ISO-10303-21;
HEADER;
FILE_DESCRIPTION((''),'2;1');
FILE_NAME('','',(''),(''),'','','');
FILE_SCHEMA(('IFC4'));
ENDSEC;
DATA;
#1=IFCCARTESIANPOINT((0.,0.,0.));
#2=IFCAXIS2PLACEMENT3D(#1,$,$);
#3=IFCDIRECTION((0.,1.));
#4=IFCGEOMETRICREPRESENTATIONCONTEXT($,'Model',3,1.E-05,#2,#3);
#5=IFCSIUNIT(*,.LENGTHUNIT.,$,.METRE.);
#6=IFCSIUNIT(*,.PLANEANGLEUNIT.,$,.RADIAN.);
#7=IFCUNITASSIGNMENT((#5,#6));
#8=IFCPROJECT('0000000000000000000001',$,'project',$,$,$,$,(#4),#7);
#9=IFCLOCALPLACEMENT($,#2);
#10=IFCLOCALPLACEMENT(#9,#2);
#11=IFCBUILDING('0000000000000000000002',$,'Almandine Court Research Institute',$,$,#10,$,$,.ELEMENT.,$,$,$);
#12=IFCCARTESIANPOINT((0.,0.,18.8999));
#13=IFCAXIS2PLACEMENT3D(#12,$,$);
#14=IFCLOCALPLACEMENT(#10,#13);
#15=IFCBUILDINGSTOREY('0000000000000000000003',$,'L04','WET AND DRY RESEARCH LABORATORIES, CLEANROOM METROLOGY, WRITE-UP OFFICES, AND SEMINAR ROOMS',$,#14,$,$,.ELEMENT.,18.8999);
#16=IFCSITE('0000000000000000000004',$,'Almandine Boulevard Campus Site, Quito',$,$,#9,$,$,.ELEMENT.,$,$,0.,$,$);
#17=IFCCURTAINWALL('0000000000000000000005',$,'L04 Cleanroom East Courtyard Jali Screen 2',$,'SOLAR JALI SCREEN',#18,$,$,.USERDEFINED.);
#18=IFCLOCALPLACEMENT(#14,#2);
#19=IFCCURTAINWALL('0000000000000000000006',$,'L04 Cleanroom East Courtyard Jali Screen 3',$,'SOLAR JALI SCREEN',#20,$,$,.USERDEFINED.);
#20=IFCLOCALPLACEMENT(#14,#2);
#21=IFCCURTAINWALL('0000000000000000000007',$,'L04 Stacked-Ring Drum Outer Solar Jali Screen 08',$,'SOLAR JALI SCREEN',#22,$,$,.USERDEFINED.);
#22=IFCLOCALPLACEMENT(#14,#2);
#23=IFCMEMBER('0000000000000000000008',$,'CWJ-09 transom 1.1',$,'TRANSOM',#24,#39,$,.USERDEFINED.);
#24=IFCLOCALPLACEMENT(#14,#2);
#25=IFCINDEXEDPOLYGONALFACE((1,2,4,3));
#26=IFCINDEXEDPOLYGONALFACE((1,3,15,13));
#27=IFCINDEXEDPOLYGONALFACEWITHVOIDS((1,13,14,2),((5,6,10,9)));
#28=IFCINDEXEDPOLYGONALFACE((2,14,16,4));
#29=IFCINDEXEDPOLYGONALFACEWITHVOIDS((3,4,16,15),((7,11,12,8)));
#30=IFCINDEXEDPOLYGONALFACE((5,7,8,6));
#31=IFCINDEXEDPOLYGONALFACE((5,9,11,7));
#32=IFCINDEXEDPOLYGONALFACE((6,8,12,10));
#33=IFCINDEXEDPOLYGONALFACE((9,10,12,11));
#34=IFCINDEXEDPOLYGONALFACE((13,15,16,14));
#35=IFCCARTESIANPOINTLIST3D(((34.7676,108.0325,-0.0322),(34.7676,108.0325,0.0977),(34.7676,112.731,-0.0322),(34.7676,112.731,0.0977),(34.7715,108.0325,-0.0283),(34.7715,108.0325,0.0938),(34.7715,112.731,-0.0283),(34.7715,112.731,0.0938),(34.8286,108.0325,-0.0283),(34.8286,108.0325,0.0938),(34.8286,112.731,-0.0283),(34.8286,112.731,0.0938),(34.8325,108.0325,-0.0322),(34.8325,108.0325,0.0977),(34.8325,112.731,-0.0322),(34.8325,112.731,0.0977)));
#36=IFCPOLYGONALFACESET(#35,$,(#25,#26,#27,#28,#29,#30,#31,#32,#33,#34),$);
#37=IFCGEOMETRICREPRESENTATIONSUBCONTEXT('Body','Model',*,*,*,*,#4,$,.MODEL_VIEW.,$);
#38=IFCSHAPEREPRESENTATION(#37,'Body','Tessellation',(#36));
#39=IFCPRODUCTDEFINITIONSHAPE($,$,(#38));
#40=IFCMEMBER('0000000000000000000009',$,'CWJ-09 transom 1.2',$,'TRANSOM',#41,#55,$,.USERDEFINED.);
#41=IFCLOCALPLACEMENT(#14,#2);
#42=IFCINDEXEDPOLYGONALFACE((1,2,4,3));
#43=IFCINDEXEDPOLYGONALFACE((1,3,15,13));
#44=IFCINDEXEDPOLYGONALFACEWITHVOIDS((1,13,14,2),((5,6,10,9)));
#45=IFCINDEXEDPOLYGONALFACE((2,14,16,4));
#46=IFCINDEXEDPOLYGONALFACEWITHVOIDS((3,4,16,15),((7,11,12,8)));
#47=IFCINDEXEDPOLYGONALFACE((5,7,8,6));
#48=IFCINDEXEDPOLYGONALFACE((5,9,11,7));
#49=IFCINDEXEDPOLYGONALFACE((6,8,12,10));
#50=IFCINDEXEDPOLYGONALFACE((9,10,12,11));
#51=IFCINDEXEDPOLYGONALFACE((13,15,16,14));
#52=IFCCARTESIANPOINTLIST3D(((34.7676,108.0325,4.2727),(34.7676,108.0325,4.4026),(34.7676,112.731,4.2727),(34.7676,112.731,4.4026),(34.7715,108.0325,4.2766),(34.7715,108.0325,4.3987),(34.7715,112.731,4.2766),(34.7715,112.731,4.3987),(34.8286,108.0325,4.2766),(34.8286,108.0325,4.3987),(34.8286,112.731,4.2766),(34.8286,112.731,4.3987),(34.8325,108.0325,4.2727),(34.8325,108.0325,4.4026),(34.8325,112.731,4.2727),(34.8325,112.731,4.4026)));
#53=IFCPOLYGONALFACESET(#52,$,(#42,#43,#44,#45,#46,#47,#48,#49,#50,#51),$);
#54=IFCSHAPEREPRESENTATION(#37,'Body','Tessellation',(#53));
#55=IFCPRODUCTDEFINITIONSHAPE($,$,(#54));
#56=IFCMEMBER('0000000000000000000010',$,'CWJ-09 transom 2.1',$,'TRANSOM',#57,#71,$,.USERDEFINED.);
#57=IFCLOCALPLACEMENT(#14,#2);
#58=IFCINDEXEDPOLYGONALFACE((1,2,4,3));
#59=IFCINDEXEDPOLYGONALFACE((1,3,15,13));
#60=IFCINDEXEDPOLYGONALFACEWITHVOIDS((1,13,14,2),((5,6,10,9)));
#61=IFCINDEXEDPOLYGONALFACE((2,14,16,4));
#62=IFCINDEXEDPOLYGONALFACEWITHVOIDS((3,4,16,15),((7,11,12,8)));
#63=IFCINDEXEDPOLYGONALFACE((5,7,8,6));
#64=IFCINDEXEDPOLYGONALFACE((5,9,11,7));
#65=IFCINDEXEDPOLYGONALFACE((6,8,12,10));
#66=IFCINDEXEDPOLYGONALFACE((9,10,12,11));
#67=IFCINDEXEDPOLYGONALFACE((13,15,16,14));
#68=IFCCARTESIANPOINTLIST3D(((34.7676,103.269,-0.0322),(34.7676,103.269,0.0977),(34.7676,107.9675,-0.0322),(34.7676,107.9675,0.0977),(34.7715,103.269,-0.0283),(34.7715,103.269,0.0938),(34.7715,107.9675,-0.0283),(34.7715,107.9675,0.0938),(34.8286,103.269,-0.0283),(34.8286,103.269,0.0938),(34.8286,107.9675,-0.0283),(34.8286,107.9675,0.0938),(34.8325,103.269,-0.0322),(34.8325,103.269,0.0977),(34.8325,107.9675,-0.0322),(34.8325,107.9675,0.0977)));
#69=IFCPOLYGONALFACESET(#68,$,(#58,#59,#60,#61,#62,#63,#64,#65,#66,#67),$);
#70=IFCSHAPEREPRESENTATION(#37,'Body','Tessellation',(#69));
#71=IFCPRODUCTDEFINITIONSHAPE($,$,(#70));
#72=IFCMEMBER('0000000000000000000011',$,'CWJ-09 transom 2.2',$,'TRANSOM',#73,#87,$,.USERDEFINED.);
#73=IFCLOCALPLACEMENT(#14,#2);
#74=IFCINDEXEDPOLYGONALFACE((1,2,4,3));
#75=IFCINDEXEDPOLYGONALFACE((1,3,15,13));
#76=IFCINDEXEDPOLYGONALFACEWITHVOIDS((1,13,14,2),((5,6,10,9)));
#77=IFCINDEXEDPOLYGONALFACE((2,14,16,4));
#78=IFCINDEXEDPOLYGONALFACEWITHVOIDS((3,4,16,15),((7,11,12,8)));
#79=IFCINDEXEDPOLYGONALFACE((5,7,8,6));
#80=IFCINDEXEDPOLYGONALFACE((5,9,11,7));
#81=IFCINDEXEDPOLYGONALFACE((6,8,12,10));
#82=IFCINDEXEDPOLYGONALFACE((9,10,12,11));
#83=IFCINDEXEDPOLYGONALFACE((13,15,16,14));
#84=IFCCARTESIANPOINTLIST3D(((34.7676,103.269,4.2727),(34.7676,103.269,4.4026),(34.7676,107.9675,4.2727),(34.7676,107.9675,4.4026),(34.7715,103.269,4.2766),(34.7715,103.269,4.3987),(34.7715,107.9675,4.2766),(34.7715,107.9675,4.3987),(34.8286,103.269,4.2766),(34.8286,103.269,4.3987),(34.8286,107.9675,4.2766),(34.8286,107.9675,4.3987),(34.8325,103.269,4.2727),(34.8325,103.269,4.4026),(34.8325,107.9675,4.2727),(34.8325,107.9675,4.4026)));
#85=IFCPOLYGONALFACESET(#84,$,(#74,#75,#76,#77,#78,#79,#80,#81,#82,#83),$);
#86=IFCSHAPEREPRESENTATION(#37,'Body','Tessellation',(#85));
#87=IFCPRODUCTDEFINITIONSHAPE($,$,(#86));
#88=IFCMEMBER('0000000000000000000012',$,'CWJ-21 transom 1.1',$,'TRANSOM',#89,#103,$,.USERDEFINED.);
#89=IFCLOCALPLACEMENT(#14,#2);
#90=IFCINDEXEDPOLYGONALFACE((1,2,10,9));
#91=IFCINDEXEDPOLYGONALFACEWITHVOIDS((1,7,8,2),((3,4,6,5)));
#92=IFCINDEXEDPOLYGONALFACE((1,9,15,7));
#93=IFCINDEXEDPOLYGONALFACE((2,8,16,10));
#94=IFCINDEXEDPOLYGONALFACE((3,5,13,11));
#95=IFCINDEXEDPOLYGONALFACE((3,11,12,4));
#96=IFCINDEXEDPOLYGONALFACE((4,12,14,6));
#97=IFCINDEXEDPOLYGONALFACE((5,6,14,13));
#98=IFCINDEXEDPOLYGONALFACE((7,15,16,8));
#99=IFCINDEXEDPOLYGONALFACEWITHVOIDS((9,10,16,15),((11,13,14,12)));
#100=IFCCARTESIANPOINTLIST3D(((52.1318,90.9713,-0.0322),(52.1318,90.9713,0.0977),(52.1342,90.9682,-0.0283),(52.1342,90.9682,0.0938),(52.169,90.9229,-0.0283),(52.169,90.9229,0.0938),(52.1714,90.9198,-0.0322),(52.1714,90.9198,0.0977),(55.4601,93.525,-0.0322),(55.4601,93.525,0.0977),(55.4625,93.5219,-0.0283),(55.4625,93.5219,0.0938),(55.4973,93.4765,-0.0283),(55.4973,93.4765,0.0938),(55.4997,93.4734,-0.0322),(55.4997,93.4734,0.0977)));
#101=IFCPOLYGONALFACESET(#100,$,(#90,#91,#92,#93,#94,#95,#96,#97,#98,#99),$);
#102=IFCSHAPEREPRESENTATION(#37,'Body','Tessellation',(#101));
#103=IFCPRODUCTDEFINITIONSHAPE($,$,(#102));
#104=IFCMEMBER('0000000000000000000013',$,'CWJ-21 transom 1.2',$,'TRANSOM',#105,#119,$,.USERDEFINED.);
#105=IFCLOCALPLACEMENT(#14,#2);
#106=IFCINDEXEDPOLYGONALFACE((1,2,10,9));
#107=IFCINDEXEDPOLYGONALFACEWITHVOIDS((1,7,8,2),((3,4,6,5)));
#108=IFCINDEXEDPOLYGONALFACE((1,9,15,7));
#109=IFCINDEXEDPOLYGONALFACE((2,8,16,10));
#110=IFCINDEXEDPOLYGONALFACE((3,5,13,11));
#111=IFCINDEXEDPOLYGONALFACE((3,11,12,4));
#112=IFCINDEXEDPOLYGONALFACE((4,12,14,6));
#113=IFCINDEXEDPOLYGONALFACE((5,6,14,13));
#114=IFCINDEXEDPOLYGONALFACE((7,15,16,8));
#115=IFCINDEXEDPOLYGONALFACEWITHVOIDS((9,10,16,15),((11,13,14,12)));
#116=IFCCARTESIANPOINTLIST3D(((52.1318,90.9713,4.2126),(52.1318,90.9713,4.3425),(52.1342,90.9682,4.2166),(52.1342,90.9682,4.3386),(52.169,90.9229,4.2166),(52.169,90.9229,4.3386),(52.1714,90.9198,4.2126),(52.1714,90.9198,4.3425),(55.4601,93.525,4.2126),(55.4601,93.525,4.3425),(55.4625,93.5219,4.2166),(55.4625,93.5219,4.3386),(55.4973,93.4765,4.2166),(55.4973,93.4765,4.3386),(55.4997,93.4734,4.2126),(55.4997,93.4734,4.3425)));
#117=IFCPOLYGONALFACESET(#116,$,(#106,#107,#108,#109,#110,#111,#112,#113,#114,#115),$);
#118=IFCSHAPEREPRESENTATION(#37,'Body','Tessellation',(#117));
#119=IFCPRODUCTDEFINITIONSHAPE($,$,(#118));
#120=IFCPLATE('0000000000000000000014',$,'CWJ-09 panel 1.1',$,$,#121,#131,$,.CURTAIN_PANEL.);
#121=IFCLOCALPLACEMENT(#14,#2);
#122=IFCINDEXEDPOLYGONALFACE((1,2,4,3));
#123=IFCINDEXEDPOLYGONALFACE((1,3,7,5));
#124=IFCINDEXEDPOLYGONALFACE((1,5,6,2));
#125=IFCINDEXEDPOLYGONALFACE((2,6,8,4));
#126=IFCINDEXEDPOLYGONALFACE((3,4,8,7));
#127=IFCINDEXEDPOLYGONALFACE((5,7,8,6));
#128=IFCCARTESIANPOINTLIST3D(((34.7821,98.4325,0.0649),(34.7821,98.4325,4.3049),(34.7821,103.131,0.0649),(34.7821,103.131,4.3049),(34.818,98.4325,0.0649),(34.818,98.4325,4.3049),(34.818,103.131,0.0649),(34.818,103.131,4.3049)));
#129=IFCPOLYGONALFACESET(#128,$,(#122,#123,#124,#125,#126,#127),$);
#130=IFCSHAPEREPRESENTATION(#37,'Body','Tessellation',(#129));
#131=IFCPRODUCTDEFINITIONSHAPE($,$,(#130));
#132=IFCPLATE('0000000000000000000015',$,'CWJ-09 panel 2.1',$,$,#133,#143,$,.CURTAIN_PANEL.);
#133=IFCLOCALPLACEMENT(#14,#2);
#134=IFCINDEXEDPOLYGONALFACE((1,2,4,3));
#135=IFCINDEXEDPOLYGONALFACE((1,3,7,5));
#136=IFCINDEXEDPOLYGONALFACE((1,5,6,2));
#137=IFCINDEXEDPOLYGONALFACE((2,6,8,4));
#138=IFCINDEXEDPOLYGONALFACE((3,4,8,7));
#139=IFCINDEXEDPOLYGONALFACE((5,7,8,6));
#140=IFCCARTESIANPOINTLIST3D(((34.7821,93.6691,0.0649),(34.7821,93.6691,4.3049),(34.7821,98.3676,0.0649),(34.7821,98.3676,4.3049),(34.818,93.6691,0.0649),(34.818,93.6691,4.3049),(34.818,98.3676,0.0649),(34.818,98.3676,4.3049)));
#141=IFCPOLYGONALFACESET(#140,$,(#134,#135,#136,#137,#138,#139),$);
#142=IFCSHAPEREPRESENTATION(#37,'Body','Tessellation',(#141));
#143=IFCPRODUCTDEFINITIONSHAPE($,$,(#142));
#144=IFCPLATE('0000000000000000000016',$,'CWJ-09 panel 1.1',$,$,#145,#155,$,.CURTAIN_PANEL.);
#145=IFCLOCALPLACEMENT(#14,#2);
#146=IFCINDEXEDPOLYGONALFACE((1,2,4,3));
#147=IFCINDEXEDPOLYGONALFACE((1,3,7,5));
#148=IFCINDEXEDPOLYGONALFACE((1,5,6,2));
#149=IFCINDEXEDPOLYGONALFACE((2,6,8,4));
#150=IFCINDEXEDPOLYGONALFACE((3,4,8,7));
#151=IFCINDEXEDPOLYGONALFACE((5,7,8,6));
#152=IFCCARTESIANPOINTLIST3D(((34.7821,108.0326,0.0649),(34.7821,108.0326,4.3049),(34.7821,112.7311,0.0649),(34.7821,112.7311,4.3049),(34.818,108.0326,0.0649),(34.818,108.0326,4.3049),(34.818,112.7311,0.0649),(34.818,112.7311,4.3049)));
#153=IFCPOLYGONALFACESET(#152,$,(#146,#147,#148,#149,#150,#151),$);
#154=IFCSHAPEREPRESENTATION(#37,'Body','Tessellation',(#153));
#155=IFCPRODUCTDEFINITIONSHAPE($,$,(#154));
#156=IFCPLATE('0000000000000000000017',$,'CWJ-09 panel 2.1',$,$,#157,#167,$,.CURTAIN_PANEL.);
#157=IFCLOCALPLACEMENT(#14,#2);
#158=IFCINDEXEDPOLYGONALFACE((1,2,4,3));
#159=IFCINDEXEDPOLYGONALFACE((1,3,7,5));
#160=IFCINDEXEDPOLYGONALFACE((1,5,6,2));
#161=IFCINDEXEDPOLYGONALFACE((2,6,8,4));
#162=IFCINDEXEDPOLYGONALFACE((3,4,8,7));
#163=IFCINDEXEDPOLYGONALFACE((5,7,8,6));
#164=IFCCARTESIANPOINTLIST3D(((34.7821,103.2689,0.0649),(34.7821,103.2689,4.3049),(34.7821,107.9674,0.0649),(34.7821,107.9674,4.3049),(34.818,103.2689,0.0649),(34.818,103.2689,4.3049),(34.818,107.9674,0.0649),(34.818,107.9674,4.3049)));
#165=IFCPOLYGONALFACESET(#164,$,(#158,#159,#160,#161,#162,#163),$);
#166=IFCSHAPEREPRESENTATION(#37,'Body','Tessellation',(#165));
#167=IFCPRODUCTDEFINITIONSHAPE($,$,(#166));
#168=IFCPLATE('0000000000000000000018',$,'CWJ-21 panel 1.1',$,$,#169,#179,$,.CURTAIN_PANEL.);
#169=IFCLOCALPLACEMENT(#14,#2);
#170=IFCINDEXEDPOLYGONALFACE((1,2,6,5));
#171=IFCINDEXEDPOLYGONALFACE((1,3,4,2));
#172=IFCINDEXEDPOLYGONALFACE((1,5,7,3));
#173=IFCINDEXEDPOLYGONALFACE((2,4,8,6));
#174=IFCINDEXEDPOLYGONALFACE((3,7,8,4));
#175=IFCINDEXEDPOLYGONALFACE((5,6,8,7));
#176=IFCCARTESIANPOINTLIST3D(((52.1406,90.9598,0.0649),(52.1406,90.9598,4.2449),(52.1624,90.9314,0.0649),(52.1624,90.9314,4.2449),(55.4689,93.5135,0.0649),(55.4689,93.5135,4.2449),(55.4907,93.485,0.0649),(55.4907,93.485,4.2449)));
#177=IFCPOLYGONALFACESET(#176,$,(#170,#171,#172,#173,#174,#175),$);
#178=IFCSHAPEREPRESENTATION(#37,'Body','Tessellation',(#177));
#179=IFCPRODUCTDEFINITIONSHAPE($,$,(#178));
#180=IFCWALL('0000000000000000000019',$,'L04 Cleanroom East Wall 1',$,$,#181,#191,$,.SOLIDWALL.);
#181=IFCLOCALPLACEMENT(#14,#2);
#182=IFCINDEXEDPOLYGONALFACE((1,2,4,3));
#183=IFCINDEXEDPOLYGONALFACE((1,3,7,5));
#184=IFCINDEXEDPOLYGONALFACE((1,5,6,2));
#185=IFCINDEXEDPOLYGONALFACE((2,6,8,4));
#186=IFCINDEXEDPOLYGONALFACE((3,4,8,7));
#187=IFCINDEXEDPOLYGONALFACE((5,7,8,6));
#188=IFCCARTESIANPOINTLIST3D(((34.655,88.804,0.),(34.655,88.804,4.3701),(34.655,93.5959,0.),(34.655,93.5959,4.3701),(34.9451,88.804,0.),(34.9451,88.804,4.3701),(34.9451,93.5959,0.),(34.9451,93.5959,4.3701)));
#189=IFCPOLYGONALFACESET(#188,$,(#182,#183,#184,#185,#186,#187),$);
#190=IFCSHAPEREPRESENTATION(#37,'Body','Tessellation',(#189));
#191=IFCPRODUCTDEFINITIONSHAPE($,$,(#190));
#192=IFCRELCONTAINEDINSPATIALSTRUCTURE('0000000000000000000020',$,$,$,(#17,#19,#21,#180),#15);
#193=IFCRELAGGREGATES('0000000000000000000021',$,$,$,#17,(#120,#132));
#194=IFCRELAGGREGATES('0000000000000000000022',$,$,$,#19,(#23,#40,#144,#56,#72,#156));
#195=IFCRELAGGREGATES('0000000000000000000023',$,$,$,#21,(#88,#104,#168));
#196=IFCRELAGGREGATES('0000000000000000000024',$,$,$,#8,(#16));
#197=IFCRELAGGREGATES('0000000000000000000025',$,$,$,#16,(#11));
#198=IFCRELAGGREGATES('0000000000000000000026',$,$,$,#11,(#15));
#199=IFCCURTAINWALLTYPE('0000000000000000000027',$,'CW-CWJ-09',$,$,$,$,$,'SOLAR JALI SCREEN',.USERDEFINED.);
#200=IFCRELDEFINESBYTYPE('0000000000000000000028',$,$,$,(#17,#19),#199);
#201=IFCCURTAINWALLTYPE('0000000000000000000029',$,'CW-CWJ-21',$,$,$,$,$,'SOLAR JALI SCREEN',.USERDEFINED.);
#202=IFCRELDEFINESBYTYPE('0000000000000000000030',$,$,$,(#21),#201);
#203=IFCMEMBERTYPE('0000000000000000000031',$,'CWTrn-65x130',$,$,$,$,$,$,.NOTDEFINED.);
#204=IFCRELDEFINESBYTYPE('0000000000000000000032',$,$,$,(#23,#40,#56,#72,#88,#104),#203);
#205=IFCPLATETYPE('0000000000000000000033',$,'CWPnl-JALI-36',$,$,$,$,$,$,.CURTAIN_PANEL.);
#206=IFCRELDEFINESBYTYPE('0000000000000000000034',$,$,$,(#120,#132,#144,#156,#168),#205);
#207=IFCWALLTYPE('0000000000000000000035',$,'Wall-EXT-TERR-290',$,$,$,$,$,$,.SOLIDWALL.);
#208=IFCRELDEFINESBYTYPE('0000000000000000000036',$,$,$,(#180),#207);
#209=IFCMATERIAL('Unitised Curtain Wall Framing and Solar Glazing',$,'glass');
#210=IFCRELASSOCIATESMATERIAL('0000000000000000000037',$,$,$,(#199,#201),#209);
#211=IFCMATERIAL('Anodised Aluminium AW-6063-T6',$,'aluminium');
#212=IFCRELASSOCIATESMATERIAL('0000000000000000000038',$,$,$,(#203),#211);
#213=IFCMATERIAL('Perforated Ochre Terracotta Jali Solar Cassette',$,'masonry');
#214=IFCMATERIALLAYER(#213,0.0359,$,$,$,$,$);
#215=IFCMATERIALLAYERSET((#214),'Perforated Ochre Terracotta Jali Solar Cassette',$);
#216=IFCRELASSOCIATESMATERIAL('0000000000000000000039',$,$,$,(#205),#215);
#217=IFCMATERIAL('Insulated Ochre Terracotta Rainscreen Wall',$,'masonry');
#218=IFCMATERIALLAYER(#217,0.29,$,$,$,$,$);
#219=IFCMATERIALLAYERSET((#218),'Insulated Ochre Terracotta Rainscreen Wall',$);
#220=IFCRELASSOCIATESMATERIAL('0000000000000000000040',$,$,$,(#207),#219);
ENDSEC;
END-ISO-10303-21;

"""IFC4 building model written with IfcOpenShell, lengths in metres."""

from ifc_helpers import new_model, si_unit, direction, frame, frame_2d, origin, origin_2d, place, context, subcontext, project, spatial, rectangle, hollow_rectangle, extrude, material, layer, layer_set, material_profile, profile_set, type_object, element, aggregate, save


model = new_model("IFC4")

# Units and contexts
model_context = context("Model", 3, precision=1e-05, world=origin(), true_north=direction((0.0, 1.0)))
body_context = subcontext(model_context, "Body", "Model", "MODEL_VIEW")
ifc_project = project(units=[si_unit("LENGTHUNIT", "METRE"), si_unit("PLANEANGLEUNIT", "RADIAN")], contexts=[model_context])

# Site, building, storey
site_placement = place(None, origin())
site = spatial("IfcSite", under=ifc_project, at=site_placement, Name="Almandine Boulevard Campus Site, Quito", CompositionType="ELEMENT", RefElevation=0.0)
building_placement = place(site_placement, origin())
building = spatial("IfcBuilding", under=site, at=building_placement, Name="Almandine Court Research Institute", CompositionType="ELEMENT")
storey_placement = place(building_placement, frame((0.0, 0.0, 18.8999)))
storey = spatial("IfcBuildingStorey", under=building, at=storey_placement, Name="L04", Description="WET AND DRY RESEARCH LABORATORIES, CLEANROOM METROLOGY, WRITE-UP OFFICES, AND SEMINAR ROOMS", CompositionType="ELEMENT", Elevation=18.8999)

# Shared definitions
ifc_material_1 = material(Name="Unitised Curtain Wall Framing and Solar Glazing", Category="glass")
ifc_material_2 = material(Name="Anodised Aluminium AW-6063-T6", Category="aluminium")

# Curtain walls
curtain_wall_type_1 = type_object("IfcCurtainWallType", Name="CW-CWJ-09", ElementType="SOLAR JALI SCREEN", PredefinedType="USERDEFINED", material=ifc_material_1)
curtain_wall_1_placement = place(storey_placement, origin())
curtain_wall_1 = element("IfcCurtainWall", 1, at=curtain_wall_1_placement, inside=storey, type_object=curtain_wall_type_1, Name="L04 Cleanroom East Courtyard Jali Screen 2", ObjectType="SOLAR JALI SCREEN", PredefinedType="USERDEFINED")
curtain_wall_2_placement = place(storey_placement, origin())
curtain_wall_2 = element("IfcCurtainWall", 2, at=curtain_wall_2_placement, inside=storey, type_object=curtain_wall_type_1, Name="L04 Cleanroom East Courtyard Jali Screen 3", ObjectType="SOLAR JALI SCREEN", PredefinedType="USERDEFINED")

# Curtain wall
curtain_wall_type_2 = type_object("IfcCurtainWallType", Name="CW-CWJ-21", ElementType="SOLAR JALI SCREEN", PredefinedType="USERDEFINED", material=ifc_material_1)
curtain_wall_3_placement = place(storey_placement, origin())
curtain_wall_3 = element("IfcCurtainWall", 3, at=curtain_wall_3_placement, inside=storey, type_object=curtain_wall_type_2, Name="L04 Stacked-Ring Drum Outer Solar Jali Screen 08", ObjectType="SOLAR JALI SCREEN", PredefinedType="USERDEFINED")

# Members
ifc_material_profile_1 = material_profile(ifc_material_2, hollow_rectangle(XDim=0.0649, YDim=0.1299, WallThickness=0.0039, at=origin_2d()), Name="ALU RHS 65x130x4")
ifc_profile_set_1 = profile_set([ifc_material_profile_1], Name="Anodised Aluminium AW-6063-T6")
member_type_1 = type_object("IfcMemberType", Name="CWTrn-65x130", PredefinedType="NOTDEFINED", material=ifc_profile_set_1)
member_1_placement = place(storey_placement, frame((34.8, 112.731, 0.0327), z_axis=(0.0, -1.0, 0.0), x_axis=(1.0, 0.0, 0.0)))
member_1 = element("IfcMember", 4, at=member_1_placement, type_object=member_type_1, Name="CWJ-09 transom 1.1", ObjectType="TRANSOM", PredefinedType="USERDEFINED", context=body_context, shape_type="SweptSolid", body=[
    extrude(hollow_rectangle(XDim=0.0649, YDim=0.1299, WallThickness=0.0039, at=origin_2d()), origin(), (0.0, 0.0, 1.0), 4.6985),
])
member_2_placement = place(storey_placement, frame((34.8, 112.731, 4.3376), z_axis=(0.0, -1.0, 0.0), x_axis=(1.0, 0.0, 0.0)))
member_2 = element("IfcMember", 5, at=member_2_placement, type_object=member_type_1, Name="CWJ-09 transom 1.2", ObjectType="TRANSOM", PredefinedType="USERDEFINED", context=body_context, shape_type="SweptSolid", body=[
    extrude(hollow_rectangle(XDim=0.0649, YDim=0.1299, WallThickness=0.0039, at=origin_2d()), origin(), (0.0, 0.0, 1.0), 4.6985),
])
member_3_placement = place(storey_placement, frame((34.8, 107.9675, 0.0327), z_axis=(0.0, -1.0, 0.0), x_axis=(1.0, 0.0, 0.0)))
member_3 = element("IfcMember", 6, at=member_3_placement, type_object=member_type_1, Name="CWJ-09 transom 2.1", ObjectType="TRANSOM", PredefinedType="USERDEFINED", context=body_context, shape_type="SweptSolid", body=[
    extrude(hollow_rectangle(XDim=0.0649, YDim=0.1299, WallThickness=0.0039, at=origin_2d()), origin(), (0.0, 0.0, 1.0), 4.6985),
])
member_4_placement = place(storey_placement, frame((34.8, 107.9675, 4.3376), z_axis=(0.0, -1.0, 0.0), x_axis=(1.0, 0.0, 0.0)))
member_4 = element("IfcMember", 7, at=member_4_placement, type_object=member_type_1, Name="CWJ-09 transom 2.2", ObjectType="TRANSOM", PredefinedType="USERDEFINED", context=body_context, shape_type="SweptSolid", body=[
    extrude(hollow_rectangle(XDim=0.0649, YDim=0.1299, WallThickness=0.0039, at=origin_2d()), origin(), (0.0, 0.0, 1.0), 4.6985),
])
member_5_placement = place(storey_placement, frame((52.1516, 90.9456, 0.0327), z_axis=(0.793381, 0.608726, 0.0), x_axis=(-0.608726, 0.793381, 0.0)))
member_5 = element("IfcMember", 8, at=member_5_placement, type_object=member_type_1, Name="CWJ-21 transom 1.1", ObjectType="TRANSOM", PredefinedType="USERDEFINED", context=body_context, shape_type="SweptSolid", body=[
    extrude(hollow_rectangle(XDim=0.0649, YDim=0.1299, WallThickness=0.0039, at=origin_2d()), origin(), (0.0, 0.0, 1.0), 4.1951),
])
member_6_placement = place(storey_placement, frame((52.1516, 90.9456, 4.2776), z_axis=(0.793381, 0.608726, 0.0), x_axis=(-0.608726, 0.793381, 0.0)))
member_6 = element("IfcMember", 9, at=member_6_placement, type_object=member_type_1, Name="CWJ-21 transom 1.2", ObjectType="TRANSOM", PredefinedType="USERDEFINED", context=body_context, shape_type="SweptSolid", body=[
    extrude(hollow_rectangle(XDim=0.0649, YDim=0.1299, WallThickness=0.0039, at=origin_2d()), origin(), (0.0, 0.0, 1.0), 4.1951),
])

# Plates
ifc_material_3 = material(Name="Perforated Ochre Terracotta Jali Solar Cassette", Category="masonry")
ifc_layer_1 = layer(ifc_material_3, 0.0359)
ifc_layer_set_1 = layer_set([ifc_layer_1], Name="Perforated Ochre Terracotta Jali Solar Cassette")
plate_type = type_object("IfcPlateType", Name="CWPnl-JALI-36", PredefinedType="CURTAIN_PANEL", material=ifc_layer_set_1)
plate_1_placement = place(storey_placement, frame((34.8, 100.7817, 0.0649), z_axis=(0.0, 0.0, 1.0), x_axis=(0.0, -1.0, 0.0)))
plate_1 = element("IfcPlate", 10, at=plate_1_placement, type_object=plate_type, Name="CWJ-09 panel 1.1", PredefinedType="CURTAIN_PANEL", context=body_context, shape_type="SweptSolid", body=[
    extrude(rectangle(XDim=4.6985, YDim=0.0359, at=origin_2d()), origin(), (0.0, 0.0, 1.0), 4.24),
])
plate_2_placement = place(storey_placement, frame((34.8, 96.0183, 0.0649), z_axis=(0.0, 0.0, 1.0), x_axis=(0.0, -1.0, 0.0)))
plate_2 = element("IfcPlate", 11, at=plate_2_placement, type_object=plate_type, Name="CWJ-09 panel 2.1", PredefinedType="CURTAIN_PANEL", context=body_context, shape_type="SweptSolid", body=[
    extrude(rectangle(XDim=4.6985, YDim=0.0359, at=origin_2d()), origin(), (0.0, 0.0, 1.0), 4.24),
])
aggregate(curtain_wall_1, [plate_1, plate_2])
plate_3_placement = place(storey_placement, frame((34.8, 110.3818, 0.0649), z_axis=(0.0, 0.0, 1.0), x_axis=(0.0, -1.0, 0.0)))
plate_3 = element("IfcPlate", 12, at=plate_3_placement, type_object=plate_type, Name="CWJ-09 panel 1.1", PredefinedType="CURTAIN_PANEL", context=body_context, shape_type="SweptSolid", body=[
    extrude(rectangle(XDim=4.6985, YDim=0.0359, at=origin_2d()), origin(), (0.0, 0.0, 1.0), 4.24),
])
plate_4_placement = place(storey_placement, frame((34.8, 105.6182, 0.0649), z_axis=(0.0, 0.0, 1.0), x_axis=(0.0, -1.0, 0.0)))
plate_4 = element("IfcPlate", 13, at=plate_4_placement, type_object=plate_type, Name="CWJ-09 panel 2.1", PredefinedType="CURTAIN_PANEL", context=body_context, shape_type="SweptSolid", body=[
    extrude(rectangle(XDim=4.6985, YDim=0.0359, at=origin_2d()), origin(), (0.0, 0.0, 1.0), 4.24),
])
aggregate(curtain_wall_2, [member_1, member_2, plate_3, member_3, member_4, plate_4])
plate_5_placement = place(storey_placement, frame((53.8157, 92.2224, 0.0649), z_axis=(0.0, 0.0, 1.0), x_axis=(0.793383, 0.608723, 0.0)))
plate_5 = element("IfcPlate", 14, at=plate_5_placement, type_object=plate_type, Name="CWJ-21 panel 1.1", PredefinedType="CURTAIN_PANEL", context=body_context, shape_type="SweptSolid", body=[
    extrude(rectangle(XDim=4.1951, YDim=0.0359, at=origin_2d()), origin(), (0.0, 0.0, 1.0), 4.1799),
])
aggregate(curtain_wall_3, [member_5, member_6, plate_5])

# Wall
ifc_material_4 = material(Name="Insulated Ochre Terracotta Rainscreen Wall", Category="masonry")
ifc_layer_2 = layer(ifc_material_4, 0.29)
ifc_layer_set_2 = layer_set([ifc_layer_2], Name="Insulated Ochre Terracotta Rainscreen Wall")
wall_type_1 = type_object("IfcWallType", Name="Wall-EXT-TERR-290", PredefinedType="SOLIDWALL", material=ifc_layer_set_2)
wall_1_placement = place(storey_placement, frame((34.8, 93.5959, 0.0), z_axis=(0.0, 0.0, 1.0), x_axis=(0.0, -1.0, 0.0)))
element("IfcWall", 15, at=wall_1_placement, inside=storey, type_object=wall_type_1, Name="L04 Cleanroom East Wall 1", PredefinedType="SOLIDWALL", context=body_context, shape_type="SweptSolid", body=[
    extrude(rectangle(XDim=4.792, YDim=0.29, at=frame_2d((2.396, 0.0))), origin(), (0.0, 0.0, 1.0), 4.3701),
])

save(model, "model.ifc")
